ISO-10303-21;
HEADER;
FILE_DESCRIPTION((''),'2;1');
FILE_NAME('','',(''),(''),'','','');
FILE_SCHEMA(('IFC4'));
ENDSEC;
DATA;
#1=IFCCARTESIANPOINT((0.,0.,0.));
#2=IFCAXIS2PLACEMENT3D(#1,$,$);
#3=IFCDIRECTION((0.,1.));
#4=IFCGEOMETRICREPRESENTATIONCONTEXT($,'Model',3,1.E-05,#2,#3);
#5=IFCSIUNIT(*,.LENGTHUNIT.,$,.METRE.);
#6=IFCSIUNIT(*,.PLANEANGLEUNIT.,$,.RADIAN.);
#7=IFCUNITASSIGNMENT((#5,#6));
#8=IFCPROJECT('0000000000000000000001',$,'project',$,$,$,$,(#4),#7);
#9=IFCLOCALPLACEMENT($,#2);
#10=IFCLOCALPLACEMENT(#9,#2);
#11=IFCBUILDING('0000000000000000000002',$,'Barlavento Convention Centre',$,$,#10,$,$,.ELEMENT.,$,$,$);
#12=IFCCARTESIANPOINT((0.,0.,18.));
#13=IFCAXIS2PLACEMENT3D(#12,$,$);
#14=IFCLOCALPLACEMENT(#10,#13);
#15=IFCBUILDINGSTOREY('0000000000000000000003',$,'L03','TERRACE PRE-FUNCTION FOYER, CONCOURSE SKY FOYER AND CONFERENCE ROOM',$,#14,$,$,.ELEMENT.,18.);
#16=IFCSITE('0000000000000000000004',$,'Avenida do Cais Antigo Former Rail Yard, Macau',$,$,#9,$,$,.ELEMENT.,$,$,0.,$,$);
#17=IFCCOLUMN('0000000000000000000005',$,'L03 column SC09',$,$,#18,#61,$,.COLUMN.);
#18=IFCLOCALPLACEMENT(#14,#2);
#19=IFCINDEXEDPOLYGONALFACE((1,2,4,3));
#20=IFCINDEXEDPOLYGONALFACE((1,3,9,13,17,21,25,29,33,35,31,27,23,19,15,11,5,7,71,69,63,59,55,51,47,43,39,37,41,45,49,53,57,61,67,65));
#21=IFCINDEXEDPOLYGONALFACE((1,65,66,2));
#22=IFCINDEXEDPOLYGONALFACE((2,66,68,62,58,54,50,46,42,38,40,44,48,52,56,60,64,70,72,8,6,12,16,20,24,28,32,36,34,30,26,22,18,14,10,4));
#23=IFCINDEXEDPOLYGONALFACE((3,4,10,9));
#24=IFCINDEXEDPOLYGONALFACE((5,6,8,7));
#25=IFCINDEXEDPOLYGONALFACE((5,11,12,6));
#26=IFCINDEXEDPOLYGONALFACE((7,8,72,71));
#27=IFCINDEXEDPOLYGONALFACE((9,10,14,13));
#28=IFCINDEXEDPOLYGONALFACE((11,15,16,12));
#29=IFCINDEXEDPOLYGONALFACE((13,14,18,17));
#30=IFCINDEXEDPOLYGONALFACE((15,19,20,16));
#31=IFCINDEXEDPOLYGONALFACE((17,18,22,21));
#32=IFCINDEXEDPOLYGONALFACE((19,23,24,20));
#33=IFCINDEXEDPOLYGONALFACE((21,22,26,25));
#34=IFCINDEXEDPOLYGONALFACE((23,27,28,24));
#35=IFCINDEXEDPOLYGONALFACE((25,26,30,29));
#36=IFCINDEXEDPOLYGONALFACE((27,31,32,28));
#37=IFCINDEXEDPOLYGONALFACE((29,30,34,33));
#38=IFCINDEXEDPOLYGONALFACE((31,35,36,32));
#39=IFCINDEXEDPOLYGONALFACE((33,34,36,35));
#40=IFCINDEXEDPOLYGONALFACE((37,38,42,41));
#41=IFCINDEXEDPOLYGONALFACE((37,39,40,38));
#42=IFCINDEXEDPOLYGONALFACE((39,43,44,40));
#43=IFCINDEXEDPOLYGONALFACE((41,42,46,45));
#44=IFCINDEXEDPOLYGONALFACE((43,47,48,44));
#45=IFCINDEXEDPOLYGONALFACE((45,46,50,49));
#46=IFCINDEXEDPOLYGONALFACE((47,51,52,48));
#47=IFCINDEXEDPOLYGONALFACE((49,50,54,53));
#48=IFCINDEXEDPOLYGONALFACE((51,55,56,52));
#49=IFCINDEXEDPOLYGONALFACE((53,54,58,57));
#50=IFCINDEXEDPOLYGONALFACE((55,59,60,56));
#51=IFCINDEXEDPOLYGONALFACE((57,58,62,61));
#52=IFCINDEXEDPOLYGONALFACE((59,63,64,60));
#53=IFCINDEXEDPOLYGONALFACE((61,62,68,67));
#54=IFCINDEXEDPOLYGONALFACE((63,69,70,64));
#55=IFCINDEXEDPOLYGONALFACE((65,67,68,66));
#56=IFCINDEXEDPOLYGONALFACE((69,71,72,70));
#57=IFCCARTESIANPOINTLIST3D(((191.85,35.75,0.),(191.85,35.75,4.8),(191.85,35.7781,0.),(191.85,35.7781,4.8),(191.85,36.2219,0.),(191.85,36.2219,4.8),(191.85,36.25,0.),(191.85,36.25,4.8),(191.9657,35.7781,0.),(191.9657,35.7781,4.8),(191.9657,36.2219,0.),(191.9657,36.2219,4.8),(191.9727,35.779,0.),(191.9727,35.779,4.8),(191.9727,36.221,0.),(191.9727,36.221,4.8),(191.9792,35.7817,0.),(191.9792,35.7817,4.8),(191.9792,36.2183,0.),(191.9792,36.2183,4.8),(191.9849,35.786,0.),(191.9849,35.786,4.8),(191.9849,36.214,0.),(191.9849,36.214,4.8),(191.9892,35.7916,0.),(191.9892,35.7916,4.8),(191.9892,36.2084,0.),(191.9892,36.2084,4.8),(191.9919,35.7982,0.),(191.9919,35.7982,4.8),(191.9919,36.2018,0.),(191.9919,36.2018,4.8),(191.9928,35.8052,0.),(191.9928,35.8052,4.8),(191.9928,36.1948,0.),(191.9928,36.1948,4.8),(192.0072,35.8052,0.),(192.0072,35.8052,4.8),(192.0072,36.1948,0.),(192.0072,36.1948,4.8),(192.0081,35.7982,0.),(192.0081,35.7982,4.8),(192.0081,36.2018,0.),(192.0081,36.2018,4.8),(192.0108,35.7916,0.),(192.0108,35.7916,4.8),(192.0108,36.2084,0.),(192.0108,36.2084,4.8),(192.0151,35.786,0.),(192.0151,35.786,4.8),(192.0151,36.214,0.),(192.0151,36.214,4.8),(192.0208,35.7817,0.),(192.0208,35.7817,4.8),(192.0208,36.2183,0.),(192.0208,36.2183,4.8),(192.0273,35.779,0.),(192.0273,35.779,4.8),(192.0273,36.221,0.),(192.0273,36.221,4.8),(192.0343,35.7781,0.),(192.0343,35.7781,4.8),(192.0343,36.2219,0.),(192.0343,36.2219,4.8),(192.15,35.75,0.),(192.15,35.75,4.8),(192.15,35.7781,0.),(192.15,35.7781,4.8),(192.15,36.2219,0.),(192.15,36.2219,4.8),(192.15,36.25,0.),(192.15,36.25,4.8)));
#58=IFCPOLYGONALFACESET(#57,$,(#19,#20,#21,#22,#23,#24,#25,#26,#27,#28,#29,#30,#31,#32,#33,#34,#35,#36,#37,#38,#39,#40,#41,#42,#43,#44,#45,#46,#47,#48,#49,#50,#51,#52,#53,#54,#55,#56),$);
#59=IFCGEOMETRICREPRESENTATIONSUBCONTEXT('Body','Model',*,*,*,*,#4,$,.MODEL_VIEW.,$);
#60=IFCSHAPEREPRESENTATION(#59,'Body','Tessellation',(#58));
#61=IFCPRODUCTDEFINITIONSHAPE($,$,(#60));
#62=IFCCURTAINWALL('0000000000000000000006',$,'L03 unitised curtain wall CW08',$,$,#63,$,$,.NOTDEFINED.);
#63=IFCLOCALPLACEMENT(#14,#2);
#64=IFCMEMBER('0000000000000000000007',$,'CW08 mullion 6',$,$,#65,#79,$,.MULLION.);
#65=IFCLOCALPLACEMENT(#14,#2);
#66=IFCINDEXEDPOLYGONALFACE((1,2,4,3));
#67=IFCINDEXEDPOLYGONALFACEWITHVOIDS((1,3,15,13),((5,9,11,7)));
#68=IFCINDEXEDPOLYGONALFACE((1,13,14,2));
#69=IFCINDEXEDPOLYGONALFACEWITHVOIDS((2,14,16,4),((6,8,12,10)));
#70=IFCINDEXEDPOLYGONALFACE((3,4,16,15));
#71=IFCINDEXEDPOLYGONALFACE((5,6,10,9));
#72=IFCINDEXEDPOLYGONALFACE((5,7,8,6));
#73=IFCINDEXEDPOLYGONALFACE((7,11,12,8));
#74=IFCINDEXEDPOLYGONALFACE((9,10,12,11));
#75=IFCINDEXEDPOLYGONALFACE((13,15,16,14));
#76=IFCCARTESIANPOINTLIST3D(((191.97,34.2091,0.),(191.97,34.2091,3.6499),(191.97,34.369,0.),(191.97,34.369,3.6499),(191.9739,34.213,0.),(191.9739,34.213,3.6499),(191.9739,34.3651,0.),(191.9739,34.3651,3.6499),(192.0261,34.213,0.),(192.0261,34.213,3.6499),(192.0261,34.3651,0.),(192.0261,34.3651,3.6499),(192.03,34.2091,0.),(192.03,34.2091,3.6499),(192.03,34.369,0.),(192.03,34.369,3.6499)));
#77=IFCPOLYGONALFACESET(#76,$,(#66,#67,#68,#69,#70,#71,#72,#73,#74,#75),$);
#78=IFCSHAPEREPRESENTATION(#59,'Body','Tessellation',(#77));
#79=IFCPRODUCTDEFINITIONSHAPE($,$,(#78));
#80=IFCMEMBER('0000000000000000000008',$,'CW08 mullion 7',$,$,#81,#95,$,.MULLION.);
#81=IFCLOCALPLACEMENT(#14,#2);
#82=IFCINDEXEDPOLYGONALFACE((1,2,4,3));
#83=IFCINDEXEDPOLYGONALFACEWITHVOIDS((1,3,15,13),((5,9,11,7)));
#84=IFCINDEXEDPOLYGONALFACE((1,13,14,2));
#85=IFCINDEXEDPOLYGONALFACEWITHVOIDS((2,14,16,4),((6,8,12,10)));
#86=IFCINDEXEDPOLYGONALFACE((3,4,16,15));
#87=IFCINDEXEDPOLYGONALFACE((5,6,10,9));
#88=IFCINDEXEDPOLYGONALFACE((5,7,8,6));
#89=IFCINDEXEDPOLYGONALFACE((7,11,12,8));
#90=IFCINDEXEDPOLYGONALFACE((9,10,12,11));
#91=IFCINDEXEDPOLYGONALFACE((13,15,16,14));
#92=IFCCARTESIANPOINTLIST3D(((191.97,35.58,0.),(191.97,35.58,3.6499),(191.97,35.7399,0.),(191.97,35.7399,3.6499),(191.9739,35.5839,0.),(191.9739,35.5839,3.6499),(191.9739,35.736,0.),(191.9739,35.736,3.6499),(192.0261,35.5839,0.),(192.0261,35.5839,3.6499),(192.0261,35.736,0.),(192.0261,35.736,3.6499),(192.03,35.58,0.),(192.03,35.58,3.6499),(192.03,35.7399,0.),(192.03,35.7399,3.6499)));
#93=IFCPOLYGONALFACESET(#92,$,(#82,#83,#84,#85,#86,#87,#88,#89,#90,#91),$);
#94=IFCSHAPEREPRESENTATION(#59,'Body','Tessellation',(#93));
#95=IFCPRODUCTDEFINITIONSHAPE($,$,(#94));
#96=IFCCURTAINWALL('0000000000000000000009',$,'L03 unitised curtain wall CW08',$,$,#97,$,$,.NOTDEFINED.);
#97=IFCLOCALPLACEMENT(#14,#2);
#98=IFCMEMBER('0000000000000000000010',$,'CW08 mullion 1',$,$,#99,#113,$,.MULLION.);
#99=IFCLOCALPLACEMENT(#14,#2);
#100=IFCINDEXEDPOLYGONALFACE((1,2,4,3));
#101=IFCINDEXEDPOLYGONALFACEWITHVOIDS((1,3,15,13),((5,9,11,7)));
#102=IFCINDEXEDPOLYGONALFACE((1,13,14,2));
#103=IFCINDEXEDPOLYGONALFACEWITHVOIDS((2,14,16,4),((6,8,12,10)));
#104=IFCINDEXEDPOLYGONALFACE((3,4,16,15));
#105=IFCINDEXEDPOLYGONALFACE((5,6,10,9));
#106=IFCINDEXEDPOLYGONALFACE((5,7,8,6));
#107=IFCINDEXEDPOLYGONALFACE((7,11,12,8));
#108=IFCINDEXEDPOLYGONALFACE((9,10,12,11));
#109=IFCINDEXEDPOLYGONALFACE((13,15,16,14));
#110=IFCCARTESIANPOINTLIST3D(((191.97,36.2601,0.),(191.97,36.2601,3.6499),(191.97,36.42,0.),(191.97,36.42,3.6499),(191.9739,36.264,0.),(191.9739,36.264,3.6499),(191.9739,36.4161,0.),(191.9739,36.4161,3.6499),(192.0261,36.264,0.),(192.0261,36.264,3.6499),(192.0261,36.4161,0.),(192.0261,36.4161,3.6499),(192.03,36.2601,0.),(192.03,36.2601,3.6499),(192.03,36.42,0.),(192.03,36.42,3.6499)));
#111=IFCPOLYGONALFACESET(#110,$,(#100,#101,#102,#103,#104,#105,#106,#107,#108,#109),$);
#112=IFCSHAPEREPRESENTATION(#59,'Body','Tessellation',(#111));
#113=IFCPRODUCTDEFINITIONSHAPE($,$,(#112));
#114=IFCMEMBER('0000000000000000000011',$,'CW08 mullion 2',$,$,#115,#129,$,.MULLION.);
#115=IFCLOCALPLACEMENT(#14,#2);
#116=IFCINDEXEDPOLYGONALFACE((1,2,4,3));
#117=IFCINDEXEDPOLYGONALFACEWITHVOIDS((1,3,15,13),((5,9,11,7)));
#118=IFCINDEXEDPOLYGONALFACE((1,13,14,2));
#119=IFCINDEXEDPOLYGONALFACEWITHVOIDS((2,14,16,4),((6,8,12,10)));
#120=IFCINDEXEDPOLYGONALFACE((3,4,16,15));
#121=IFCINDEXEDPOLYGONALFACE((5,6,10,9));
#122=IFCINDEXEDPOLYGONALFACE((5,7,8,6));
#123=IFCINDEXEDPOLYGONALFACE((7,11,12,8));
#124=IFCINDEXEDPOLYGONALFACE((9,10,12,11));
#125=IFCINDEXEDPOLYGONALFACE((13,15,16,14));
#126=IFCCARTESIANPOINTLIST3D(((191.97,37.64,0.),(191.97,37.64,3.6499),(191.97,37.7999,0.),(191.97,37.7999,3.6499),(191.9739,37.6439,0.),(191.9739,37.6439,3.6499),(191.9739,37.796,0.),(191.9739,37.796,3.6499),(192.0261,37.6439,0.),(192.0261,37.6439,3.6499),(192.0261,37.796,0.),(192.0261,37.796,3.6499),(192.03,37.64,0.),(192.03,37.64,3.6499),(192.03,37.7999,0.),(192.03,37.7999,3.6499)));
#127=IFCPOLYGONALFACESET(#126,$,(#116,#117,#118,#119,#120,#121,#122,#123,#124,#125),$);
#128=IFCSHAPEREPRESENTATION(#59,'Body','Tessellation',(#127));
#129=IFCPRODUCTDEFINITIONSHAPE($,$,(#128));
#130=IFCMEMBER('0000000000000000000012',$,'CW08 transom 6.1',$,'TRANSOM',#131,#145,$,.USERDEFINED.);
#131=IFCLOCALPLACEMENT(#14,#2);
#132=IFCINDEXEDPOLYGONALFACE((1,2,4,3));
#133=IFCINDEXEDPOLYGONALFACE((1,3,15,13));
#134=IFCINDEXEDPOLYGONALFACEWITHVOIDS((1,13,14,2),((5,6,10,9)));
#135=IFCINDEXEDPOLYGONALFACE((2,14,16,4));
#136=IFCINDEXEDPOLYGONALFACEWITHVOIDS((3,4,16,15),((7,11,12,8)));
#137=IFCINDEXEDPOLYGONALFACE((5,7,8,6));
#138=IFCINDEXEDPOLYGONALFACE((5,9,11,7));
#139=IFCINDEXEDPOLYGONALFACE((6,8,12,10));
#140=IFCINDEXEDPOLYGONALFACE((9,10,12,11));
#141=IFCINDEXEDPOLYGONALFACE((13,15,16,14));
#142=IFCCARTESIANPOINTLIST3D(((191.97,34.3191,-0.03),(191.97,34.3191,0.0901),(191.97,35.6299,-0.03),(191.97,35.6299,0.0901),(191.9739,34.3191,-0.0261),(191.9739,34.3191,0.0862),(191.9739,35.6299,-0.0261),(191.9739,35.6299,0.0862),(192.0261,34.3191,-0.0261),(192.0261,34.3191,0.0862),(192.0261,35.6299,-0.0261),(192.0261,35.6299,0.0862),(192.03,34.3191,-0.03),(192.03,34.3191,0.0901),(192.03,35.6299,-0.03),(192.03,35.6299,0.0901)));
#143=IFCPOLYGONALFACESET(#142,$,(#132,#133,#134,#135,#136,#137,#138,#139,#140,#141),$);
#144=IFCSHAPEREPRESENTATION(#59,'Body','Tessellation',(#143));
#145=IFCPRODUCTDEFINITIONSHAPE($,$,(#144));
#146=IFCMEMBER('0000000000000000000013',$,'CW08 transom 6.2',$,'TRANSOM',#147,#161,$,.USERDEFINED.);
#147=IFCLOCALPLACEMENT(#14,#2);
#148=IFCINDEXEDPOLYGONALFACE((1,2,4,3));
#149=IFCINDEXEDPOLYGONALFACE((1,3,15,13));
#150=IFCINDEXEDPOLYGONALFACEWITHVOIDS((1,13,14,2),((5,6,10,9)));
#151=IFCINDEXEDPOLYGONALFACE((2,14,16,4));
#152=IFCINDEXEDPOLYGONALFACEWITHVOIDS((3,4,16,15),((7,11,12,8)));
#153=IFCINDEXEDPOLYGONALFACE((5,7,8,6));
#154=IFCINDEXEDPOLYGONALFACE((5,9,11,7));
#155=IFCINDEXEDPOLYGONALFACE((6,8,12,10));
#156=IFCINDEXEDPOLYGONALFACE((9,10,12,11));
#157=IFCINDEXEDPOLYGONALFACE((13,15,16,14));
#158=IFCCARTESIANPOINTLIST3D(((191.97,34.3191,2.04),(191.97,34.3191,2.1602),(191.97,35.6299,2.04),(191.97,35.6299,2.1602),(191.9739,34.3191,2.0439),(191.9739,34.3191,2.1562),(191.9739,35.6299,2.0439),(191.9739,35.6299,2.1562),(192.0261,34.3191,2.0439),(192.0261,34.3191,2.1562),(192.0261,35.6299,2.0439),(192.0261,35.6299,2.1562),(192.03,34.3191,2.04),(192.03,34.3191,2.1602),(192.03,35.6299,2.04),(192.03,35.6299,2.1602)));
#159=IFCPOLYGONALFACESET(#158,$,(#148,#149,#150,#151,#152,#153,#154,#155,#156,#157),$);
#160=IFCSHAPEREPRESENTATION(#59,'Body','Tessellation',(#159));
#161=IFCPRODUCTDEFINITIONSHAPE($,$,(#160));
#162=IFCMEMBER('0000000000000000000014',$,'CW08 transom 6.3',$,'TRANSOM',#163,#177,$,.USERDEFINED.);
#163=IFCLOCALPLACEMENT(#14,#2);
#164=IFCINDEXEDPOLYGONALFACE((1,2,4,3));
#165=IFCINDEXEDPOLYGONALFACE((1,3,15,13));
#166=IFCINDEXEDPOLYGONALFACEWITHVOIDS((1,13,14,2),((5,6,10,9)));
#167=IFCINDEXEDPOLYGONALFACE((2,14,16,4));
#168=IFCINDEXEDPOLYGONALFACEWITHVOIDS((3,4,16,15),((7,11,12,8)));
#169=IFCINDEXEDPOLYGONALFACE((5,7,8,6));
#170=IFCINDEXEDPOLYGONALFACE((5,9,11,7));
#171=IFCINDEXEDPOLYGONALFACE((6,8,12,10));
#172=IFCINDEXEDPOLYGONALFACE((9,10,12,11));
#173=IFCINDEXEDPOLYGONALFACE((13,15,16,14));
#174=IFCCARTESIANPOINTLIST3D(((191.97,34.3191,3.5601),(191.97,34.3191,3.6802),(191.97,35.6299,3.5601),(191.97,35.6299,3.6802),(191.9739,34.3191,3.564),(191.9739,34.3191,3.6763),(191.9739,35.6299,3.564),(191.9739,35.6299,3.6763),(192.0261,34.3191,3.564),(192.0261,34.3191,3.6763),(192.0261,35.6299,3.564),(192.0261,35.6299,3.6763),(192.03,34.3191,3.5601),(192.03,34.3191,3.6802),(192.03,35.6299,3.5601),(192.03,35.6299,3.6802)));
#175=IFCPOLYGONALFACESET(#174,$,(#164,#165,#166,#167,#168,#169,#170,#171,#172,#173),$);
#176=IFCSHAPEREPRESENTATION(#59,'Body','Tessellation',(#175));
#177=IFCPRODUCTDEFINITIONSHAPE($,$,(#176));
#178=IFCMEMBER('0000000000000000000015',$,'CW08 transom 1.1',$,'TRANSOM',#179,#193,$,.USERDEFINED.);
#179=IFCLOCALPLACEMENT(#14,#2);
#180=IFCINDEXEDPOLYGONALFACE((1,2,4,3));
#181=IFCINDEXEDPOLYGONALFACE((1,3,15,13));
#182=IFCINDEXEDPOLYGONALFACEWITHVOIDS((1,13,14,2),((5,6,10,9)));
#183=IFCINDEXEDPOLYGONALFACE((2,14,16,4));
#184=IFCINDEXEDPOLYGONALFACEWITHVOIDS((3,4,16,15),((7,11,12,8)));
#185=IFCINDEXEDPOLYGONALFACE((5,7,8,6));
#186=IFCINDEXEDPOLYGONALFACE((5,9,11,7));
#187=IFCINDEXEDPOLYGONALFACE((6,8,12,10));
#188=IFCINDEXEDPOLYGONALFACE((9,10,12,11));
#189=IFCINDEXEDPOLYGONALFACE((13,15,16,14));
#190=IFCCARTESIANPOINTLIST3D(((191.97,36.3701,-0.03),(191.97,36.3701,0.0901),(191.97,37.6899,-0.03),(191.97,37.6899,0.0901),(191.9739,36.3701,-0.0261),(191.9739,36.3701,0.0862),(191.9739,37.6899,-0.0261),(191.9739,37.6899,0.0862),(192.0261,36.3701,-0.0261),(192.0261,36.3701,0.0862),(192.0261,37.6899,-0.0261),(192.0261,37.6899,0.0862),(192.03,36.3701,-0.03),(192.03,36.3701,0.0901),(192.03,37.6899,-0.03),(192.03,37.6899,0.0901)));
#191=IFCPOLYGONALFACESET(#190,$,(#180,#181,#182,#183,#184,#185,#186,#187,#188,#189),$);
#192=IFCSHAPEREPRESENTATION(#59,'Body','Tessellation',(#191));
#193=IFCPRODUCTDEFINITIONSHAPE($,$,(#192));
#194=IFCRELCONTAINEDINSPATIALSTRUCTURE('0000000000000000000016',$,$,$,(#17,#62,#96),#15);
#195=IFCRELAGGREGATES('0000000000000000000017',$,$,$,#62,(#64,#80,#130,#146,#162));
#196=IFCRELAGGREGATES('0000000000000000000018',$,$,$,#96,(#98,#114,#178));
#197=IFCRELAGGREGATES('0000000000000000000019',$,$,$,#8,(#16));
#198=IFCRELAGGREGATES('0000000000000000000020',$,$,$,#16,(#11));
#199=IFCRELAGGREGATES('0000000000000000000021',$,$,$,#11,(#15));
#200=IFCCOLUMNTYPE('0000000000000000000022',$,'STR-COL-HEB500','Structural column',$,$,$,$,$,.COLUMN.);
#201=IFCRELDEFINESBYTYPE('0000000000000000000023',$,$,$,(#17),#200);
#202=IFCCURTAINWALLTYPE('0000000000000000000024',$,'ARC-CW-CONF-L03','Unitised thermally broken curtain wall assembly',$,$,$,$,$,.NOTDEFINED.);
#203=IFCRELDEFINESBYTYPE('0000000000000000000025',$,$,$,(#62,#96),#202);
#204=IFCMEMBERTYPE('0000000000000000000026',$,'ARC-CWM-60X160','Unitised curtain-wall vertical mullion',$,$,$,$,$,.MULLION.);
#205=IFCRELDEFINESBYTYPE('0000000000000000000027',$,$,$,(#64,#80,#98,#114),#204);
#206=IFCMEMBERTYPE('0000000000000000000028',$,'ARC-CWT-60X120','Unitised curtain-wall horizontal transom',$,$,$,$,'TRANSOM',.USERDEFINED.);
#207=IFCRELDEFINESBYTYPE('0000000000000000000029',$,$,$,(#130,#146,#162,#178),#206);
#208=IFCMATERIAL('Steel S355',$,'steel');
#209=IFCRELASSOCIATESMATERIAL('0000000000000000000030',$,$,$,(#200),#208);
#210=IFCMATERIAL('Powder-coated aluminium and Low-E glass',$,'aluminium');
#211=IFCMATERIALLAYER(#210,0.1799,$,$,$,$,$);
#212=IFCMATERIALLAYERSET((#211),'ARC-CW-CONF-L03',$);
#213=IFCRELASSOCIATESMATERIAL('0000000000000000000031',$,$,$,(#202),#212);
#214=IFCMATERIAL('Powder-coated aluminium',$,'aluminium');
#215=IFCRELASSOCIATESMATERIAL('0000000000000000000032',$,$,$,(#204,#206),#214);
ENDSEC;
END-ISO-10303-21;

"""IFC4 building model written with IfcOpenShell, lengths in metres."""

from ifc_helpers import new_model, si_unit, direction, frame, origin, origin_2d, place, context, subcontext, project, spatial, hollow_rectangle, i_section, extrude, material, layer, layer_set, material_profile, profile_set, type_object, element, aggregate, save


model = new_model("IFC4")

# Units and contexts
model_context = context("Model", 3, precision=1e-05, world=origin(), true_north=direction((0.0, 1.0)))
body_context = subcontext(model_context, "Body", "Model", "MODEL_VIEW")
ifc_project = project(units=[si_unit("LENGTHUNIT", "METRE"), si_unit("PLANEANGLEUNIT", "RADIAN")], contexts=[model_context])

# Site, building, storey
site_placement = place(None, origin())
site = spatial("IfcSite", under=ifc_project, at=site_placement, Name="Avenida do Cais Antigo Former Rail Yard, Macau", CompositionType="ELEMENT", RefElevation=0.0)
building_placement = place(site_placement, origin())
building = spatial("IfcBuilding", under=site, at=building_placement, Name="Barlavento Convention Centre", CompositionType="ELEMENT")
storey_placement = place(building_placement, frame((0.0, 0.0, 18.0)))
storey = spatial("IfcBuildingStorey", under=building, at=storey_placement, Name="L03", Description="TERRACE PRE-FUNCTION FOYER, CONCOURSE SKY FOYER AND CONFERENCE ROOM", CompositionType="ELEMENT", Elevation=18.0)

# Column
ifc_material_1 = material(Name="Steel S355", Category="steel")
ifc_material_profile_1 = material_profile(ifc_material_1, i_section(OverallWidth=0.3, OverallDepth=0.5, WebThickness=0.0144, FlangeThickness=0.0281, FilletRadius=0.0271, at=origin_2d()), Name="HEB 500")
ifc_profile_set_1 = profile_set([ifc_material_profile_1], Name="Steel S355")
column_type = type_object("IfcColumnType", Name="STR-COL-HEB500", Description="Structural column", PredefinedType="COLUMN", material=ifc_profile_set_1)
column_placement = place(storey_placement, frame((192.0, 36.0, 0.0), z_axis=(0.0, 0.0, 1.0), x_axis=(1.0, 0.0, 0.0)))
element("IfcColumn", 1, at=column_placement, inside=storey, type_object=column_type, Name="L03 column SC09", PredefinedType="COLUMN", context=body_context, shape_type="SweptSolid", body=[
    extrude(i_section(OverallWidth=0.3, OverallDepth=0.5, WebThickness=0.0144, FlangeThickness=0.0281, FilletRadius=0.0271, at=origin_2d()), origin(), (0.0, 0.0, 1.0), 4.8),
])

# Curtain walls, members
ifc_material_2 = material(Name="Powder-coated aluminium and Low-E glass", Category="aluminium")
ifc_layer_1 = layer(ifc_material_2, 0.1799)
ifc_layer_set_1 = layer_set([ifc_layer_1], Name="ARC-CW-CONF-L03")
curtain_wall_type = type_object("IfcCurtainWallType", Name="ARC-CW-CONF-L03", Description="Unitised thermally broken curtain wall assembly", PredefinedType="NOTDEFINED", material=ifc_layer_set_1)
curtain_wall_1_placement = place(storey_placement, origin())
curtain_wall_1 = element("IfcCurtainWall", 2, at=curtain_wall_1_placement, inside=storey, type_object=curtain_wall_type, Name="L03 unitised curtain wall CW08", PredefinedType="NOTDEFINED")
ifc_material_3 = material(Name="Powder-coated aluminium", Category="aluminium")
ifc_material_profile_2 = material_profile(ifc_material_3, hollow_rectangle(XDim=0.0601, YDim=0.1599, WallThickness=0.0039, at=origin_2d()), Name="AL-MULL 60x160x4")
ifc_profile_set_2 = profile_set([ifc_material_profile_2], Name="Powder-coated aluminium")
member_type_1 = type_object("IfcMemberType", Name="ARC-CWM-60X160", Description="Unitised curtain-wall vertical mullion", PredefinedType="MULLION", material=ifc_profile_set_2)
member_1_placement = place(storey_placement, frame((192.0, 34.2891, 0.0), z_axis=(0.0, 0.0, 1.0), x_axis=(-1.0, 0.0, 0.0)))
member_1 = element("IfcMember", 3, at=member_1_placement, type_object=member_type_1, Name="CW08 mullion 6", PredefinedType="MULLION", context=body_context, shape_type="SweptSolid", body=[
    extrude(hollow_rectangle(XDim=0.0601, YDim=0.1599, WallThickness=0.0039, at=origin_2d()), origin(), (0.0, 0.0, 1.0), 3.6499),
])
member_2_placement = place(storey_placement, frame((192.0, 35.6599, 0.0), z_axis=(0.0, 0.0, 1.0), x_axis=(-1.0, 0.0, 0.0)))
member_2 = element("IfcMember", 4, at=member_2_placement, type_object=member_type_1, Name="CW08 mullion 7", PredefinedType="MULLION", context=body_context, shape_type="SweptSolid", body=[
    extrude(hollow_rectangle(XDim=0.0601, YDim=0.1599, WallThickness=0.0039, at=origin_2d()), origin(), (0.0, 0.0, 1.0), 3.6499),
])
curtain_wall_2_placement = place(storey_placement, origin())
curtain_wall_2 = element("IfcCurtainWall", 5, at=curtain_wall_2_placement, inside=storey, type_object=curtain_wall_type, Name="L03 unitised curtain wall CW08", PredefinedType="NOTDEFINED")
member_3_placement = place(storey_placement, frame((192.0, 36.3401, 0.0), z_axis=(0.0, 0.0, 1.0), x_axis=(-1.0, 0.0, 0.0)))
member_3 = element("IfcMember", 6, at=member_3_placement, type_object=member_type_1, Name="CW08 mullion 1", PredefinedType="MULLION", context=body_context, shape_type="SweptSolid", body=[
    extrude(hollow_rectangle(XDim=0.0601, YDim=0.1599, WallThickness=0.0039, at=origin_2d()), origin(), (0.0, 0.0, 1.0), 3.6499),
])
member_4_placement = place(storey_placement, frame((192.0, 37.72, 0.0), z_axis=(0.0, 0.0, 1.0), x_axis=(-1.0, 0.0, 0.0)))
member_4 = element("IfcMember", 7, at=member_4_placement, type_object=member_type_1, Name="CW08 mullion 2", PredefinedType="MULLION", context=body_context, shape_type="SweptSolid", body=[
    extrude(hollow_rectangle(XDim=0.0601, YDim=0.1599, WallThickness=0.0039, at=origin_2d()), origin(), (0.0, 0.0, 1.0), 3.6499),
])

# Members
ifc_material_profile_3 = material_profile(ifc_material_3, hollow_rectangle(XDim=0.0601, YDim=0.1201, WallThickness=0.0039, at=origin_2d()), Name="AL-TRAN 60x120x4")
ifc_profile_set_3 = profile_set([ifc_material_profile_3], Name="Powder-coated aluminium")
member_type_2 = type_object("IfcMemberType", Name="ARC-CWT-60X120", Description="Unitised curtain-wall horizontal transom", ElementType="TRANSOM", PredefinedType="USERDEFINED", material=ifc_profile_set_3)
member_5_placement = place(storey_placement, frame((192.0, 34.3191, 0.03), z_axis=(0.0, 1.0, 0.0), x_axis=(-1.0, 0.0, 0.0)))
member_5 = element("IfcMember", 8, at=member_5_placement, type_object=member_type_2, Name="CW08 transom 6.1", ObjectType="TRANSOM", PredefinedType="USERDEFINED", context=body_context, shape_type="SweptSolid", body=[
    extrude(hollow_rectangle(XDim=0.0601, YDim=0.1201, WallThickness=0.0039, at=origin_2d()), origin(), (0.0, 0.0, 1.0), 1.3108),
])
member_6_placement = place(storey_placement, frame((192.0, 34.3191, 2.1001), z_axis=(0.0, 1.0, 0.0), x_axis=(-1.0, 0.0, 0.0)))
member_6 = element("IfcMember", 9, at=member_6_placement, type_object=member_type_2, Name="CW08 transom 6.2", ObjectType="TRANSOM", PredefinedType="USERDEFINED", context=body_context, shape_type="SweptSolid", body=[
    extrude(hollow_rectangle(XDim=0.0601, YDim=0.1201, WallThickness=0.0039, at=origin_2d()), origin(), (0.0, 0.0, 1.0), 1.3108),
])
member_7_placement = place(storey_placement, frame((192.0, 34.3191, 3.6201), z_axis=(0.0, 1.0, 0.0), x_axis=(-1.0, 0.0, 0.0)))
member_7 = element("IfcMember", 10, at=member_7_placement, type_object=member_type_2, Name="CW08 transom 6.3", ObjectType="TRANSOM", PredefinedType="USERDEFINED", context=body_context, shape_type="SweptSolid", body=[
    extrude(hollow_rectangle(XDim=0.0601, YDim=0.1201, WallThickness=0.0039, at=origin_2d()), origin(), (0.0, 0.0, 1.0), 1.3108),
])
member_8_placement = place(storey_placement, frame((192.0, 36.3701, 0.03), z_axis=(0.0, 1.0, 0.0), x_axis=(-1.0, 0.0, 0.0)))
member_8 = element("IfcMember", 11, at=member_8_placement, type_object=member_type_2, Name="CW08 transom 1.1", ObjectType="TRANSOM", PredefinedType="USERDEFINED", context=body_context, shape_type="SweptSolid", body=[
    extrude(hollow_rectangle(XDim=0.0601, YDim=0.1201, WallThickness=0.0039, at=origin_2d()), origin(), (0.0, 0.0, 1.0), 1.3198),
])

aggregate(curtain_wall_1, [member_1, member_2, member_5, member_6, member_7])
aggregate(curtain_wall_2, [member_3, member_4, member_8])

save(model, "model.ifc")
